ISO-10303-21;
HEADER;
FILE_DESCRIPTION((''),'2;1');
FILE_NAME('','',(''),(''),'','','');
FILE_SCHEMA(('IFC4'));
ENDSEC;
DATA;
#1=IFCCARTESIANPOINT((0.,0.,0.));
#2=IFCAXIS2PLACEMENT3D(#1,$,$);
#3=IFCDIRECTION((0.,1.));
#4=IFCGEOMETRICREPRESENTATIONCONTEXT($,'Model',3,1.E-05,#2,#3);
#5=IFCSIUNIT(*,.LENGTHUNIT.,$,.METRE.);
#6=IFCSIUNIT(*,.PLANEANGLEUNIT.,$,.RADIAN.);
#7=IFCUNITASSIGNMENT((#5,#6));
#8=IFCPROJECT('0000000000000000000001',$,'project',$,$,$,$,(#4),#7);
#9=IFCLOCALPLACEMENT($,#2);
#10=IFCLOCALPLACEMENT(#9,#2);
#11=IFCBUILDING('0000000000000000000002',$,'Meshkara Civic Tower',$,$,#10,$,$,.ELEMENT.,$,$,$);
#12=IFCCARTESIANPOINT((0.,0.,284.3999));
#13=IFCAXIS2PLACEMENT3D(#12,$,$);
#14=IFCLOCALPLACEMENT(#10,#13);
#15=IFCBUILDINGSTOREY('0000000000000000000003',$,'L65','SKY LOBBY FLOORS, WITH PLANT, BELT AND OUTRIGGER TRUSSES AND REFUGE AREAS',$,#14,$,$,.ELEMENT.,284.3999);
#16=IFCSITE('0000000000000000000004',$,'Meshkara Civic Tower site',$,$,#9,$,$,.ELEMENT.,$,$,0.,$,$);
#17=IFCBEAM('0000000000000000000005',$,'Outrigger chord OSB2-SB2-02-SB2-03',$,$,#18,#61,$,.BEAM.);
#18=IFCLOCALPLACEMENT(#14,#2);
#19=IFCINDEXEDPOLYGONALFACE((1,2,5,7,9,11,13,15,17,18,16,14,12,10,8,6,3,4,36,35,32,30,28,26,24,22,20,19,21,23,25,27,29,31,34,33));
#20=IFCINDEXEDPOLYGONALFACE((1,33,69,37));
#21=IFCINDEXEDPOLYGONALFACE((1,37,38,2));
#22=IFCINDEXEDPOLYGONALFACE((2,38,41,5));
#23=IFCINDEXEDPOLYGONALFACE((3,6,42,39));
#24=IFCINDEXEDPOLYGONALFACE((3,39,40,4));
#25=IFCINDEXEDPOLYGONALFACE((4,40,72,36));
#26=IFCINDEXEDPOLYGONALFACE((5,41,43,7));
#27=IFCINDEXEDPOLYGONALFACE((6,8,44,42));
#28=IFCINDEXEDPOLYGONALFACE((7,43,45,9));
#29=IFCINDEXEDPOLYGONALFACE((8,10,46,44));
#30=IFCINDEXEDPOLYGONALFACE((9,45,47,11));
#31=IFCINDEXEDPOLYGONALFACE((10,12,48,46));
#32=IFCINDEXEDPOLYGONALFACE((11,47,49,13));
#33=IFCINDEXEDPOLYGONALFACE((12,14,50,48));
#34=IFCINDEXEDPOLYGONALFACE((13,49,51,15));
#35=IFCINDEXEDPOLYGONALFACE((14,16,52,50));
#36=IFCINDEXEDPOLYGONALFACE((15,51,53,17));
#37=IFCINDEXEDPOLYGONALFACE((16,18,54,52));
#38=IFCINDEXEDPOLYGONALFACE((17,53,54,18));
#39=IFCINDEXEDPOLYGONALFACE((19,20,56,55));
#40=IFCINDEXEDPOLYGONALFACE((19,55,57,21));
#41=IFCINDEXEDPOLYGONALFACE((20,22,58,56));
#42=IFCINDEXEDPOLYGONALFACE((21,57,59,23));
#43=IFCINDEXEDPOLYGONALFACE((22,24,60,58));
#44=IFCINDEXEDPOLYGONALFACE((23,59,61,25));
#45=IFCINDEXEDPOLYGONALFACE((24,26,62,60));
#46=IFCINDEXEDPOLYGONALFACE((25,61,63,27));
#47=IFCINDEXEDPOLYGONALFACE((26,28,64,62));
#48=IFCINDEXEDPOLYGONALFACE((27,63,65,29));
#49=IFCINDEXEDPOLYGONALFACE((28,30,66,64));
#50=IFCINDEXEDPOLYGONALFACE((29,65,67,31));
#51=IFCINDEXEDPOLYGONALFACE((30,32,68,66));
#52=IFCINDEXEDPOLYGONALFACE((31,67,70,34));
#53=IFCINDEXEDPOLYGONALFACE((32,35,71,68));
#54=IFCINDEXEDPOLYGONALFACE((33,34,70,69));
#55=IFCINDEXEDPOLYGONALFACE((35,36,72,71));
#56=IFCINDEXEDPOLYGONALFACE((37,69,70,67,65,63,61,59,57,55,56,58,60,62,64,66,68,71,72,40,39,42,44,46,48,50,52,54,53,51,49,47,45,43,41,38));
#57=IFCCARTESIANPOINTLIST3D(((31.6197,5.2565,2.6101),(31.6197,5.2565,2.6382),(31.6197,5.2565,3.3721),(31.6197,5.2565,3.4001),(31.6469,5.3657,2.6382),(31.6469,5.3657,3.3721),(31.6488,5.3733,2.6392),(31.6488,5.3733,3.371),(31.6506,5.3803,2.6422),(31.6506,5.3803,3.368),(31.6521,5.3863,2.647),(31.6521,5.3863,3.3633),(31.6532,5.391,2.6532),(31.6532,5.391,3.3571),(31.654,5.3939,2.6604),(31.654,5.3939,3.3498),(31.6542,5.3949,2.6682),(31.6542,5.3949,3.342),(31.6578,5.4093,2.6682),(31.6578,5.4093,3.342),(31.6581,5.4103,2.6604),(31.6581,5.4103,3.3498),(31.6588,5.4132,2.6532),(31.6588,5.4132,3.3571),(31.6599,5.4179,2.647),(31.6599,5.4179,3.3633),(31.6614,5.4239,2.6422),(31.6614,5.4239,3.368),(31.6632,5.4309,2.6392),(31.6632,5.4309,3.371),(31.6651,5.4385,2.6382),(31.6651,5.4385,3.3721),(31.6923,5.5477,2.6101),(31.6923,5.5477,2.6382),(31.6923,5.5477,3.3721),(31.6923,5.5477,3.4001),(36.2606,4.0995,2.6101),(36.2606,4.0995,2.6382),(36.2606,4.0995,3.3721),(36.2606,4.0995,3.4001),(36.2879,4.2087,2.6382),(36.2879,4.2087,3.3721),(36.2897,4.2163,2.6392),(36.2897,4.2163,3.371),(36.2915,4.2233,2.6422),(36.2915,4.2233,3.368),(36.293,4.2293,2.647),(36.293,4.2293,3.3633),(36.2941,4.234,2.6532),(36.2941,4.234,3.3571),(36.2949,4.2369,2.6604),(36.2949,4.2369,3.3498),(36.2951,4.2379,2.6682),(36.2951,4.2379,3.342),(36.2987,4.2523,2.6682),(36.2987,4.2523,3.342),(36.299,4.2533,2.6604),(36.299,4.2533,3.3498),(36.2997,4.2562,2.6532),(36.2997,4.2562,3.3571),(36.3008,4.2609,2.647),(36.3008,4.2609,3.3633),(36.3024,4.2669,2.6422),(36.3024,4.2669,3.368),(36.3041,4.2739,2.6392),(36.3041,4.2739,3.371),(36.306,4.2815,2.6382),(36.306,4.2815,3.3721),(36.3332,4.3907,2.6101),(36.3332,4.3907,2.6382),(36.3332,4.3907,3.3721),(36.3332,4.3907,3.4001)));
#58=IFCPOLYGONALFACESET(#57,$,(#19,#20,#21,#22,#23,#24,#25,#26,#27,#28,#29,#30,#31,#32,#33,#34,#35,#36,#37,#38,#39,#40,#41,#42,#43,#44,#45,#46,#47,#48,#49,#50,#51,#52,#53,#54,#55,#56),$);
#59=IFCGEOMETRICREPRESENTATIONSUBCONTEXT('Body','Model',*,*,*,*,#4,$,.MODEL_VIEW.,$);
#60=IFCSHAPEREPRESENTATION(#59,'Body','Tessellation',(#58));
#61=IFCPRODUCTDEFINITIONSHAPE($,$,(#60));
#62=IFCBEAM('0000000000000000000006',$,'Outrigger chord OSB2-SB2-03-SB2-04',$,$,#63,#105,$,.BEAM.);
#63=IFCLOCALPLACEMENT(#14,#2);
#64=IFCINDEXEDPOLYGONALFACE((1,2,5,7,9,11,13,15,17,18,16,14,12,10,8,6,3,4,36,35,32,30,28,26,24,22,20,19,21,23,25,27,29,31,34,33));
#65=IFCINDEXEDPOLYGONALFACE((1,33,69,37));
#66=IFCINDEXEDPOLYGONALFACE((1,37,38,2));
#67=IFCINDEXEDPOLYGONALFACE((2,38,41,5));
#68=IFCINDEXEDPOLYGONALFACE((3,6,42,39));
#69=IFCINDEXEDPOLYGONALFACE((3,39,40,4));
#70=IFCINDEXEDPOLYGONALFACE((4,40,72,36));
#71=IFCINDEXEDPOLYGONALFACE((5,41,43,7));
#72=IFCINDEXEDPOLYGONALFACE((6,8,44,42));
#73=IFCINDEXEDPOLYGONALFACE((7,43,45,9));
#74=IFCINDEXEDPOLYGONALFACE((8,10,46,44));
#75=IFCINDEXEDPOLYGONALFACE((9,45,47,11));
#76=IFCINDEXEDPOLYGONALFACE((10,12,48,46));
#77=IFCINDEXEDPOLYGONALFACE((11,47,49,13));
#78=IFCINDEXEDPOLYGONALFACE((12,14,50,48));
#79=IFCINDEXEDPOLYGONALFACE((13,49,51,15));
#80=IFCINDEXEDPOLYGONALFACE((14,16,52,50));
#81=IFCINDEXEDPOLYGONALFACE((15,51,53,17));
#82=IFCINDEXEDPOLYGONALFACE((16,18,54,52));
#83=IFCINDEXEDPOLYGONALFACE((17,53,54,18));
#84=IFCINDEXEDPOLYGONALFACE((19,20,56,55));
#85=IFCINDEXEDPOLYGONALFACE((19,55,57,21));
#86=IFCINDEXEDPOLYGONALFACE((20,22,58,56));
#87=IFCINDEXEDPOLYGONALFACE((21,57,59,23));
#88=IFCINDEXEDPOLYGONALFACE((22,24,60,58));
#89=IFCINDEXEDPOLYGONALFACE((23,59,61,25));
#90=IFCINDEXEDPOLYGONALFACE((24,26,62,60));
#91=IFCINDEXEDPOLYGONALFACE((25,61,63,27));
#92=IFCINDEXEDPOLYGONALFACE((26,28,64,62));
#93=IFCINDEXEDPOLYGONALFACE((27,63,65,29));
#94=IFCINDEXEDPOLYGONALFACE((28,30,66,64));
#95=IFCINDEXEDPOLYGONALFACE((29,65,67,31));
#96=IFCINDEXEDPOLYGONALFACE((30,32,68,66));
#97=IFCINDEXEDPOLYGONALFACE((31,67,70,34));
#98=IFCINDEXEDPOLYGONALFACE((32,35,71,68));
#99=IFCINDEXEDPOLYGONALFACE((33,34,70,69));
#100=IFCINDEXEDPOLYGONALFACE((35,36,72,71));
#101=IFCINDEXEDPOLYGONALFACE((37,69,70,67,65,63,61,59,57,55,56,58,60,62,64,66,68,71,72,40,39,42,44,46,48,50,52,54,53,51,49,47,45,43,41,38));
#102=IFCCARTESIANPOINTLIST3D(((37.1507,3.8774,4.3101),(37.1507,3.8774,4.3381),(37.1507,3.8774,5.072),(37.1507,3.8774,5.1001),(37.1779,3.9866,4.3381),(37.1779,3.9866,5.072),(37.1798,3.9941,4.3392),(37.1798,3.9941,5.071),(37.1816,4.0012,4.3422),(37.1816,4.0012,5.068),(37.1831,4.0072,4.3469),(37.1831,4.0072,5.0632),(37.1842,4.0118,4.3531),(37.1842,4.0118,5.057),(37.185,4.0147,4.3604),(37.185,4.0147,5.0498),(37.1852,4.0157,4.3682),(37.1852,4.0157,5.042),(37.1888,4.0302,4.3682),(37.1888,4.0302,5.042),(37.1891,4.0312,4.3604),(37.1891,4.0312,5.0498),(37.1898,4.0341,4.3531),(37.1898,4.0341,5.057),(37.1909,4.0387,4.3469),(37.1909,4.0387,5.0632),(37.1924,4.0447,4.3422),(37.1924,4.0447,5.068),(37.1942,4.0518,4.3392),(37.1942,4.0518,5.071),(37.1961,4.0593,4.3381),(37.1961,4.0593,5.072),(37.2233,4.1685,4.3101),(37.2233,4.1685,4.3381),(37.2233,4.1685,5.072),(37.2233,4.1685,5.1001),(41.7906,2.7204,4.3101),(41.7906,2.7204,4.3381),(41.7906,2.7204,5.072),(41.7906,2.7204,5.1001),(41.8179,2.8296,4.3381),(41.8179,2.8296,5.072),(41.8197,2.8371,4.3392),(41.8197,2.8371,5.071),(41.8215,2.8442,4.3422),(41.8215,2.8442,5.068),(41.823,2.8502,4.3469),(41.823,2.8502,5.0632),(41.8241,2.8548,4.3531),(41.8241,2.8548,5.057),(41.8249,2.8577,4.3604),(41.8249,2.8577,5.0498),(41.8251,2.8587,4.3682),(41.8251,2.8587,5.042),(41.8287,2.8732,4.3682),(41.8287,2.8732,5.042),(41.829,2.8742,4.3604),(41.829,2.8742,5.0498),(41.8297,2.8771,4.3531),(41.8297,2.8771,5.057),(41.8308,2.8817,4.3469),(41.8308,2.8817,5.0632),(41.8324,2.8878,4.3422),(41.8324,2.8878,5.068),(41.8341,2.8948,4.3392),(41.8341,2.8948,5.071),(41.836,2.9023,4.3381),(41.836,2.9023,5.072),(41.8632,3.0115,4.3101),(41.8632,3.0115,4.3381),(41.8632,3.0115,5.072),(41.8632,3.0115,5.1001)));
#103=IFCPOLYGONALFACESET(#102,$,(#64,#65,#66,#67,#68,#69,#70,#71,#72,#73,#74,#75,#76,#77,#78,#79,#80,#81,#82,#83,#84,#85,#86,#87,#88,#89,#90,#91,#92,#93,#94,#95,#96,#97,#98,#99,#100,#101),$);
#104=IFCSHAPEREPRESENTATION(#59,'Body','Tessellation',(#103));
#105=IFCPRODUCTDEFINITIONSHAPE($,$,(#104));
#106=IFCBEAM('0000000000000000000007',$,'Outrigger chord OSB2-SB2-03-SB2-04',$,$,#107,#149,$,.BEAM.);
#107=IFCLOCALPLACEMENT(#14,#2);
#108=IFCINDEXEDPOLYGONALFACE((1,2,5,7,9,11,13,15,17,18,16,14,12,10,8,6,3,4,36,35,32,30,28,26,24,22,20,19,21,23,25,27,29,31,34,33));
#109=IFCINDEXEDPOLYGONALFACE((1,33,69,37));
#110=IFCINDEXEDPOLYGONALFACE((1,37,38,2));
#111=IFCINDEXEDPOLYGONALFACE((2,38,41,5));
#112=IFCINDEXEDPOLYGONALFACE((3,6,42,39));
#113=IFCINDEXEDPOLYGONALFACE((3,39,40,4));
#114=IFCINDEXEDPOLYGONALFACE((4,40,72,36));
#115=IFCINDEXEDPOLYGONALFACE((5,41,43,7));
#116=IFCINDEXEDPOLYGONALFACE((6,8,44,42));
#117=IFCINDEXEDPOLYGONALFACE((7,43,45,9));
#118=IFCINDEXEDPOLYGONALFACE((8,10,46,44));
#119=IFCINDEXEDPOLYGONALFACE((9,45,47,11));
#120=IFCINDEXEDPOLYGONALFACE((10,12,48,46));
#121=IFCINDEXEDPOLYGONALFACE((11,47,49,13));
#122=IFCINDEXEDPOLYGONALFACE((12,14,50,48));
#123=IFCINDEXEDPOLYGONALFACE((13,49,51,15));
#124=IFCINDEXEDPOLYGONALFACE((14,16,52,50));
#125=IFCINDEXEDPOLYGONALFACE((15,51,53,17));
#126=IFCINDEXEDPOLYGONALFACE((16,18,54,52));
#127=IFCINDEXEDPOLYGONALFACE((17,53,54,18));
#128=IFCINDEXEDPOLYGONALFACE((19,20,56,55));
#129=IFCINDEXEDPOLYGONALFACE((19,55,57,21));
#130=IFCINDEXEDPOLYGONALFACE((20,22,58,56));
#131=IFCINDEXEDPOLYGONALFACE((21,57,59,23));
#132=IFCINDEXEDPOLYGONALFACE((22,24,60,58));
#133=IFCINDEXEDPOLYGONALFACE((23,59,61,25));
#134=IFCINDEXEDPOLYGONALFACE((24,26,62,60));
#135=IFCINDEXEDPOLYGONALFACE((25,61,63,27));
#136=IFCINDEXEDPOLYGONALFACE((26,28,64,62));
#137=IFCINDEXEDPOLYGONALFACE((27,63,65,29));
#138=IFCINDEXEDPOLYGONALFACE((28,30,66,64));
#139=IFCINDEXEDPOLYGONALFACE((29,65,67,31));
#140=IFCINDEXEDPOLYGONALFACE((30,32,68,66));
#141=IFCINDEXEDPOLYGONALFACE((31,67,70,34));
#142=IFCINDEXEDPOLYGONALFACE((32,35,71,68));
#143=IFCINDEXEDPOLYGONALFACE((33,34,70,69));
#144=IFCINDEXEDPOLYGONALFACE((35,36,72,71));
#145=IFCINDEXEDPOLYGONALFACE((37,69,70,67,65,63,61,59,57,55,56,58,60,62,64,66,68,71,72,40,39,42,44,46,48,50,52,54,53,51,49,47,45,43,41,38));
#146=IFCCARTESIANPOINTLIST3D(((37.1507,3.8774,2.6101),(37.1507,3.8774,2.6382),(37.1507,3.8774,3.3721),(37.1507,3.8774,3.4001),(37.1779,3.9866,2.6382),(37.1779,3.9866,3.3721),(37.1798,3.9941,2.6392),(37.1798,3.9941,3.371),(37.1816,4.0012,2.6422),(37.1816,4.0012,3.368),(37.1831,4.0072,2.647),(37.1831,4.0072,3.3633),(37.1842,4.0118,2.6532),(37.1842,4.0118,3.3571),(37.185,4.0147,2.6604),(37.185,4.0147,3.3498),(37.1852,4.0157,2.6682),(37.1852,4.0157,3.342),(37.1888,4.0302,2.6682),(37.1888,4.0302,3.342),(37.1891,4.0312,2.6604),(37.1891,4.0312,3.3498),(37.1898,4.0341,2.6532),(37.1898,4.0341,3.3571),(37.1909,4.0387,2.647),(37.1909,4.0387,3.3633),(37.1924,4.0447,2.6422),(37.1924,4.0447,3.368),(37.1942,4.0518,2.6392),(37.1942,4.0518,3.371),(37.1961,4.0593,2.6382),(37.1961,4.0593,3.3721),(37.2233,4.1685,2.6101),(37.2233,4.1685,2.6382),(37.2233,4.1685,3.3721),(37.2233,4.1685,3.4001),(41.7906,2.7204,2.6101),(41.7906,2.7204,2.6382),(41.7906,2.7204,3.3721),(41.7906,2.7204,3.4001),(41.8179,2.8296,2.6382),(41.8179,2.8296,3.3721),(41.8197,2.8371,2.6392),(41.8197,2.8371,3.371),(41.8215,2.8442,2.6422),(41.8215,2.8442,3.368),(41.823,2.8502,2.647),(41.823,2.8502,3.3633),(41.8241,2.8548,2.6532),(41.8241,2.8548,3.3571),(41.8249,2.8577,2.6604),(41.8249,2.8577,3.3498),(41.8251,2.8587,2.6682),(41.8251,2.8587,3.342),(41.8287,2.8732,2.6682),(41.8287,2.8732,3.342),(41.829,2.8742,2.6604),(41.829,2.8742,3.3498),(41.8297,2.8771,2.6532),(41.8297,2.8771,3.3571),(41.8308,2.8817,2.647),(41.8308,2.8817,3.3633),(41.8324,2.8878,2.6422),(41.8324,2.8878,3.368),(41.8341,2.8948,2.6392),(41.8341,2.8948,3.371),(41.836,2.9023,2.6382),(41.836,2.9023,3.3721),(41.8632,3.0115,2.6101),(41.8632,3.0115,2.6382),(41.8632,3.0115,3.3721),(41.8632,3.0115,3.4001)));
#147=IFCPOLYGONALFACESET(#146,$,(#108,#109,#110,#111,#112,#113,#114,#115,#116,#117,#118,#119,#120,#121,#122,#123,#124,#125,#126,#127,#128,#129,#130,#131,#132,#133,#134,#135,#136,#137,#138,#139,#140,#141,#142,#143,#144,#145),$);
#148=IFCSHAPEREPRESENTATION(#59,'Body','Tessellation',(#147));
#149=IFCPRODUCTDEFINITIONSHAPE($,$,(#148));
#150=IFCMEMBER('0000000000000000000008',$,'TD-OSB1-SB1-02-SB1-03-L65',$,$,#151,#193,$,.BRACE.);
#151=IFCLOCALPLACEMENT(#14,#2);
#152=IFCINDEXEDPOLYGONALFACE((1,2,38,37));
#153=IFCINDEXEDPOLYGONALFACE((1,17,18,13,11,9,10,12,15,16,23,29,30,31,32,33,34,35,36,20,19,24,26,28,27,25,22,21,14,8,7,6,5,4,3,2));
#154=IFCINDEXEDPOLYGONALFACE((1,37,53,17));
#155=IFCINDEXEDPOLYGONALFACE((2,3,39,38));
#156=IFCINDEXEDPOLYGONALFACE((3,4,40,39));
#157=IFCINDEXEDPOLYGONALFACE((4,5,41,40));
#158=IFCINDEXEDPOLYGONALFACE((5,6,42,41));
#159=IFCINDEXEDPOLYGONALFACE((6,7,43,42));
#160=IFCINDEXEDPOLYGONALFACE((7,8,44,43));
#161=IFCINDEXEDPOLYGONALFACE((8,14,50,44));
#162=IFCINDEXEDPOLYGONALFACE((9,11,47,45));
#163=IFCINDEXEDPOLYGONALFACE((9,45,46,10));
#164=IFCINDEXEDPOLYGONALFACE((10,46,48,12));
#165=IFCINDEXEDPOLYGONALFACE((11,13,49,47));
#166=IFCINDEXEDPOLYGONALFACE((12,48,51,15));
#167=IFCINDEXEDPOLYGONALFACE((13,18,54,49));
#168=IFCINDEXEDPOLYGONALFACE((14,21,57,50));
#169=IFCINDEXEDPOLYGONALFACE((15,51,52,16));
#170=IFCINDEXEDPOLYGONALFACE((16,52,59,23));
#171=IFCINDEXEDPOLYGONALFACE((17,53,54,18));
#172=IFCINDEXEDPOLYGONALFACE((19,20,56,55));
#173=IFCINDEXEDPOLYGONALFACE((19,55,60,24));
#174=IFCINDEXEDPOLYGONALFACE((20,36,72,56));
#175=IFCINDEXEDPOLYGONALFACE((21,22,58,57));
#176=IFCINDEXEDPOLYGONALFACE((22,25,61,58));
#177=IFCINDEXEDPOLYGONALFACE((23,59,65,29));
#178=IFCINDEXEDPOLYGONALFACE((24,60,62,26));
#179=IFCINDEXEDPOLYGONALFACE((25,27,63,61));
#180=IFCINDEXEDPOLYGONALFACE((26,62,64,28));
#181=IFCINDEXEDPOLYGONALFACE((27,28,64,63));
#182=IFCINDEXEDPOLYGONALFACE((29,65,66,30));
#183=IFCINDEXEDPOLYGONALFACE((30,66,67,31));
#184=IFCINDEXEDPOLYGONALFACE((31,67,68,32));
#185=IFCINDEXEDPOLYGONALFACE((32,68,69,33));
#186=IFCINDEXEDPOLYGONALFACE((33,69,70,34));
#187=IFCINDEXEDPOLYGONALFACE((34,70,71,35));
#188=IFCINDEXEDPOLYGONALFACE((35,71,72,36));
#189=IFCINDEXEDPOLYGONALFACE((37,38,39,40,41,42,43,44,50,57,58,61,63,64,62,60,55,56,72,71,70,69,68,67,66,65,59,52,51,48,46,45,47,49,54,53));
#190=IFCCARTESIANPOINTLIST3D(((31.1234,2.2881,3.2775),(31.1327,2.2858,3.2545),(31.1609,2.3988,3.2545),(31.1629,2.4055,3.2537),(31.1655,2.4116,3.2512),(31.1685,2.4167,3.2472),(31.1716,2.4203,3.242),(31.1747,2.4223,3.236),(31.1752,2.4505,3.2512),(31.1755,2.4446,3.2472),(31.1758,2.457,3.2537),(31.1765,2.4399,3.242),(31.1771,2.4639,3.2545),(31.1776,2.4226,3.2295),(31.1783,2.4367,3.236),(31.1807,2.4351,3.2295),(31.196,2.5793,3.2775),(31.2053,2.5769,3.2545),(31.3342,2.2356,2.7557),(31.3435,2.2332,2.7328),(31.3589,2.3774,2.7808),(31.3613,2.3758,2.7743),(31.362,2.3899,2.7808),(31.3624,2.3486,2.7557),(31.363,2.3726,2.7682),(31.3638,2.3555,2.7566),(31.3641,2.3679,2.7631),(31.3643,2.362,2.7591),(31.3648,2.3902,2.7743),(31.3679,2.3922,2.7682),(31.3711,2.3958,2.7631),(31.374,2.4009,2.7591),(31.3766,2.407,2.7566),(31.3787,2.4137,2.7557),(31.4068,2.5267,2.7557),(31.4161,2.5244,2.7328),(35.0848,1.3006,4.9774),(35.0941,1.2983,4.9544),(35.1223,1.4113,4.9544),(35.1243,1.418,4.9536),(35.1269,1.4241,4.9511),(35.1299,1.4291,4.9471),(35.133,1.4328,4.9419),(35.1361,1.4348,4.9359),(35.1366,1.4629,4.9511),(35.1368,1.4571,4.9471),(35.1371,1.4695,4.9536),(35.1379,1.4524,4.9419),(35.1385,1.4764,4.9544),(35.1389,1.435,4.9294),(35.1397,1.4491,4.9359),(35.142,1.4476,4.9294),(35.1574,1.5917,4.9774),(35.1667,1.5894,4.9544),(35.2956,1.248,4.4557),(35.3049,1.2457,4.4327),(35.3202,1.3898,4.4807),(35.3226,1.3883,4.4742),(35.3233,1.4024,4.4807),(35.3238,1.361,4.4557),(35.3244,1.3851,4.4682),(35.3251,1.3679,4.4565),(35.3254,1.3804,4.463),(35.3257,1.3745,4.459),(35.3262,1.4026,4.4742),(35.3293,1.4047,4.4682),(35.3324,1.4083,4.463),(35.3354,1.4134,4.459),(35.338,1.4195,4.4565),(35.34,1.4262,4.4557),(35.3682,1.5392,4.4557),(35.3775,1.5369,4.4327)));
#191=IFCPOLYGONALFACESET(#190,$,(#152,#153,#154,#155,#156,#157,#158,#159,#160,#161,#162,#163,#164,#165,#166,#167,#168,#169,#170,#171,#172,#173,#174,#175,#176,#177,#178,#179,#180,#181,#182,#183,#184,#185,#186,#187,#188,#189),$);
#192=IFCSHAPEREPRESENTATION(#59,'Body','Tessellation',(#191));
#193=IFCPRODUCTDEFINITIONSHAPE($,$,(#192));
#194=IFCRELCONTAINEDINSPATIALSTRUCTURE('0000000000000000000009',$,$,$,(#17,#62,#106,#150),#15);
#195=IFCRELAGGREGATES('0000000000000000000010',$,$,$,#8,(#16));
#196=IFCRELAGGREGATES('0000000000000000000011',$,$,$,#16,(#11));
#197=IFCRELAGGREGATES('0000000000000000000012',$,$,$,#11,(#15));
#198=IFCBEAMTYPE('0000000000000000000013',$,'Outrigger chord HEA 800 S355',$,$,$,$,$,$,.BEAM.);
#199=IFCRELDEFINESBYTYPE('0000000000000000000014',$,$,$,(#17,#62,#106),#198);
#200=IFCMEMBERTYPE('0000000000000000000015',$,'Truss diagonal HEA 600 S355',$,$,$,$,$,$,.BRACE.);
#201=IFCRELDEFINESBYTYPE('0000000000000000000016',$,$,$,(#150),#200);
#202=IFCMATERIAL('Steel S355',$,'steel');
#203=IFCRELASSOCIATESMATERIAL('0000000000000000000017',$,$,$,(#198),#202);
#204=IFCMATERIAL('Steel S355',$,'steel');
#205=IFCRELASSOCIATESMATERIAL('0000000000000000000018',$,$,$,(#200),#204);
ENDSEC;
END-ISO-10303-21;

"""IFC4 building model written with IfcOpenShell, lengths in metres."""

from ifc_helpers import new_model, si_unit, direction, frame, origin, origin_2d, place, context, subcontext, project, spatial, i_section, extrude, material, material_profile, profile_set, type_object, element, save


model = new_model("IFC4")

# Units and contexts
model_context = context("Model", 3, precision=1e-05, world=origin(), true_north=direction((0.0, 1.0)))
body_context = subcontext(model_context, "Body", "Model", "MODEL_VIEW")
ifc_project = project(units=[si_unit("LENGTHUNIT", "METRE"), si_unit("PLANEANGLEUNIT", "RADIAN")], contexts=[model_context])

# Site, building, storey
site_placement = place(None, origin())
site = spatial("IfcSite", under=ifc_project, at=site_placement, Name="Meshkara Civic Tower site", CompositionType="ELEMENT", RefElevation=0.0)
building_placement = place(site_placement, origin())
building = spatial("IfcBuilding", under=site, at=building_placement, Name="Meshkara Civic Tower", CompositionType="ELEMENT")
storey_placement = place(building_placement, frame((0.0, 0.0, 284.3999)))
storey = spatial("IfcBuildingStorey", under=building, at=storey_placement, Name="L65", Description="SKY LOBBY FLOORS, WITH PLANT, BELT AND OUTRIGGER TRUSSES AND REFUGE AREAS", CompositionType="ELEMENT", Elevation=284.3999)

# Beams
ifc_material_1 = material(Name="Steel S355", Category="steel")
ifc_material_profile_1 = material_profile(ifc_material_1, i_section(OverallWidth=0.3, OverallDepth=0.79, WebThickness=0.0149, FlangeThickness=0.0281, FilletRadius=0.03, at=origin_2d()))
ifc_profile_set_1 = profile_set([ifc_material_profile_1], Name="Steel S355")
beam_type = type_object("IfcBeamType", Name="Outrigger chord HEA 800 S355", PredefinedType="BEAM", material=ifc_profile_set_1)
for number, where, z_axis, x_axis, name in (
    (1, (31.656, 5.4021, 3.0051), (0.970301, -0.241899, 0.0), (0.241899, 0.970301, 0.0), "Outrigger chord OSB2-SB2-02-SB2-03"),
):
    element("IfcBeam", number, at=place(storey_placement, frame(where, z_axis=z_axis, x_axis=x_axis)), inside=storey, type_object=beam_type, Name=name, PredefinedType="BEAM", context=body_context, shape_type="SweptSolid", body=[
        extrude(i_section(OverallWidth=0.3, OverallDepth=0.79, WebThickness=0.0149, FlangeThickness=0.0281, FilletRadius=0.03, at=origin_2d()), origin(), (0.0, 0.0, 1.0), 4.783),
    ])
for number, where, z_axis, x_axis, name in (
    (2, (37.187, 4.0229, 4.7051), (0.970289, -0.241947, 0.0), (0.241947, 0.970289, 0.0), "Outrigger chord OSB2-SB2-03-SB2-04"),
    (3, (37.187, 4.0229, 3.0051), (0.970289, -0.241947, 0.0), (0.241947, 0.970289, 0.0), "Outrigger chord OSB2-SB2-03-SB2-04"),
):
    element("IfcBeam", number, at=place(storey_placement, frame(where, z_axis=z_axis, x_axis=x_axis)), inside=storey, type_object=beam_type, Name=name, PredefinedType="BEAM", context=body_context, shape_type="SweptSolid", body=[
        extrude(i_section(OverallWidth=0.3, OverallDepth=0.79, WebThickness=0.0149, FlangeThickness=0.0281, FilletRadius=0.03, at=origin_2d()), origin(), (0.0, 0.0, 1.0), 4.782),
    ])

# Member
ifc_material_2 = material(Name="Steel S355", Category="steel")
ifc_material_profile_2 = material_profile(ifc_material_2, i_section(OverallWidth=0.3, OverallDepth=0.5901, WebThickness=0.0129, FlangeThickness=0.0249, FilletRadius=0.0271, at=origin_2d()))
ifc_profile_set_2 = profile_set([ifc_material_profile_2], Name="Steel S355")
member_type = type_object("IfcMemberType", Name="Truss diagonal HEA 600 S355", PredefinedType="BRACE", material=ifc_profile_set_2)
member_1_placement = place(storey_placement, frame((31.2698, 2.4062, 3.0051), z_axis=(0.895756, -0.223304, 0.384392), x_axis=(0.241888, 0.970304, 0.0)))
element("IfcMember", 4, at=member_1_placement, inside=storey, type_object=member_type, Name="TD-OSB1-SB1-02-SB1-03-L65", PredefinedType="BRACE", context=body_context, shape_type="SweptSolid", body=[
    extrude(i_section(OverallWidth=0.3, OverallDepth=0.5901, WebThickness=0.0129, FlangeThickness=0.0249, FilletRadius=0.0271, at=origin_2d()), origin(), (0.0, 0.0, 1.0), 4.4224),
])

save(model, "model.ifc")
